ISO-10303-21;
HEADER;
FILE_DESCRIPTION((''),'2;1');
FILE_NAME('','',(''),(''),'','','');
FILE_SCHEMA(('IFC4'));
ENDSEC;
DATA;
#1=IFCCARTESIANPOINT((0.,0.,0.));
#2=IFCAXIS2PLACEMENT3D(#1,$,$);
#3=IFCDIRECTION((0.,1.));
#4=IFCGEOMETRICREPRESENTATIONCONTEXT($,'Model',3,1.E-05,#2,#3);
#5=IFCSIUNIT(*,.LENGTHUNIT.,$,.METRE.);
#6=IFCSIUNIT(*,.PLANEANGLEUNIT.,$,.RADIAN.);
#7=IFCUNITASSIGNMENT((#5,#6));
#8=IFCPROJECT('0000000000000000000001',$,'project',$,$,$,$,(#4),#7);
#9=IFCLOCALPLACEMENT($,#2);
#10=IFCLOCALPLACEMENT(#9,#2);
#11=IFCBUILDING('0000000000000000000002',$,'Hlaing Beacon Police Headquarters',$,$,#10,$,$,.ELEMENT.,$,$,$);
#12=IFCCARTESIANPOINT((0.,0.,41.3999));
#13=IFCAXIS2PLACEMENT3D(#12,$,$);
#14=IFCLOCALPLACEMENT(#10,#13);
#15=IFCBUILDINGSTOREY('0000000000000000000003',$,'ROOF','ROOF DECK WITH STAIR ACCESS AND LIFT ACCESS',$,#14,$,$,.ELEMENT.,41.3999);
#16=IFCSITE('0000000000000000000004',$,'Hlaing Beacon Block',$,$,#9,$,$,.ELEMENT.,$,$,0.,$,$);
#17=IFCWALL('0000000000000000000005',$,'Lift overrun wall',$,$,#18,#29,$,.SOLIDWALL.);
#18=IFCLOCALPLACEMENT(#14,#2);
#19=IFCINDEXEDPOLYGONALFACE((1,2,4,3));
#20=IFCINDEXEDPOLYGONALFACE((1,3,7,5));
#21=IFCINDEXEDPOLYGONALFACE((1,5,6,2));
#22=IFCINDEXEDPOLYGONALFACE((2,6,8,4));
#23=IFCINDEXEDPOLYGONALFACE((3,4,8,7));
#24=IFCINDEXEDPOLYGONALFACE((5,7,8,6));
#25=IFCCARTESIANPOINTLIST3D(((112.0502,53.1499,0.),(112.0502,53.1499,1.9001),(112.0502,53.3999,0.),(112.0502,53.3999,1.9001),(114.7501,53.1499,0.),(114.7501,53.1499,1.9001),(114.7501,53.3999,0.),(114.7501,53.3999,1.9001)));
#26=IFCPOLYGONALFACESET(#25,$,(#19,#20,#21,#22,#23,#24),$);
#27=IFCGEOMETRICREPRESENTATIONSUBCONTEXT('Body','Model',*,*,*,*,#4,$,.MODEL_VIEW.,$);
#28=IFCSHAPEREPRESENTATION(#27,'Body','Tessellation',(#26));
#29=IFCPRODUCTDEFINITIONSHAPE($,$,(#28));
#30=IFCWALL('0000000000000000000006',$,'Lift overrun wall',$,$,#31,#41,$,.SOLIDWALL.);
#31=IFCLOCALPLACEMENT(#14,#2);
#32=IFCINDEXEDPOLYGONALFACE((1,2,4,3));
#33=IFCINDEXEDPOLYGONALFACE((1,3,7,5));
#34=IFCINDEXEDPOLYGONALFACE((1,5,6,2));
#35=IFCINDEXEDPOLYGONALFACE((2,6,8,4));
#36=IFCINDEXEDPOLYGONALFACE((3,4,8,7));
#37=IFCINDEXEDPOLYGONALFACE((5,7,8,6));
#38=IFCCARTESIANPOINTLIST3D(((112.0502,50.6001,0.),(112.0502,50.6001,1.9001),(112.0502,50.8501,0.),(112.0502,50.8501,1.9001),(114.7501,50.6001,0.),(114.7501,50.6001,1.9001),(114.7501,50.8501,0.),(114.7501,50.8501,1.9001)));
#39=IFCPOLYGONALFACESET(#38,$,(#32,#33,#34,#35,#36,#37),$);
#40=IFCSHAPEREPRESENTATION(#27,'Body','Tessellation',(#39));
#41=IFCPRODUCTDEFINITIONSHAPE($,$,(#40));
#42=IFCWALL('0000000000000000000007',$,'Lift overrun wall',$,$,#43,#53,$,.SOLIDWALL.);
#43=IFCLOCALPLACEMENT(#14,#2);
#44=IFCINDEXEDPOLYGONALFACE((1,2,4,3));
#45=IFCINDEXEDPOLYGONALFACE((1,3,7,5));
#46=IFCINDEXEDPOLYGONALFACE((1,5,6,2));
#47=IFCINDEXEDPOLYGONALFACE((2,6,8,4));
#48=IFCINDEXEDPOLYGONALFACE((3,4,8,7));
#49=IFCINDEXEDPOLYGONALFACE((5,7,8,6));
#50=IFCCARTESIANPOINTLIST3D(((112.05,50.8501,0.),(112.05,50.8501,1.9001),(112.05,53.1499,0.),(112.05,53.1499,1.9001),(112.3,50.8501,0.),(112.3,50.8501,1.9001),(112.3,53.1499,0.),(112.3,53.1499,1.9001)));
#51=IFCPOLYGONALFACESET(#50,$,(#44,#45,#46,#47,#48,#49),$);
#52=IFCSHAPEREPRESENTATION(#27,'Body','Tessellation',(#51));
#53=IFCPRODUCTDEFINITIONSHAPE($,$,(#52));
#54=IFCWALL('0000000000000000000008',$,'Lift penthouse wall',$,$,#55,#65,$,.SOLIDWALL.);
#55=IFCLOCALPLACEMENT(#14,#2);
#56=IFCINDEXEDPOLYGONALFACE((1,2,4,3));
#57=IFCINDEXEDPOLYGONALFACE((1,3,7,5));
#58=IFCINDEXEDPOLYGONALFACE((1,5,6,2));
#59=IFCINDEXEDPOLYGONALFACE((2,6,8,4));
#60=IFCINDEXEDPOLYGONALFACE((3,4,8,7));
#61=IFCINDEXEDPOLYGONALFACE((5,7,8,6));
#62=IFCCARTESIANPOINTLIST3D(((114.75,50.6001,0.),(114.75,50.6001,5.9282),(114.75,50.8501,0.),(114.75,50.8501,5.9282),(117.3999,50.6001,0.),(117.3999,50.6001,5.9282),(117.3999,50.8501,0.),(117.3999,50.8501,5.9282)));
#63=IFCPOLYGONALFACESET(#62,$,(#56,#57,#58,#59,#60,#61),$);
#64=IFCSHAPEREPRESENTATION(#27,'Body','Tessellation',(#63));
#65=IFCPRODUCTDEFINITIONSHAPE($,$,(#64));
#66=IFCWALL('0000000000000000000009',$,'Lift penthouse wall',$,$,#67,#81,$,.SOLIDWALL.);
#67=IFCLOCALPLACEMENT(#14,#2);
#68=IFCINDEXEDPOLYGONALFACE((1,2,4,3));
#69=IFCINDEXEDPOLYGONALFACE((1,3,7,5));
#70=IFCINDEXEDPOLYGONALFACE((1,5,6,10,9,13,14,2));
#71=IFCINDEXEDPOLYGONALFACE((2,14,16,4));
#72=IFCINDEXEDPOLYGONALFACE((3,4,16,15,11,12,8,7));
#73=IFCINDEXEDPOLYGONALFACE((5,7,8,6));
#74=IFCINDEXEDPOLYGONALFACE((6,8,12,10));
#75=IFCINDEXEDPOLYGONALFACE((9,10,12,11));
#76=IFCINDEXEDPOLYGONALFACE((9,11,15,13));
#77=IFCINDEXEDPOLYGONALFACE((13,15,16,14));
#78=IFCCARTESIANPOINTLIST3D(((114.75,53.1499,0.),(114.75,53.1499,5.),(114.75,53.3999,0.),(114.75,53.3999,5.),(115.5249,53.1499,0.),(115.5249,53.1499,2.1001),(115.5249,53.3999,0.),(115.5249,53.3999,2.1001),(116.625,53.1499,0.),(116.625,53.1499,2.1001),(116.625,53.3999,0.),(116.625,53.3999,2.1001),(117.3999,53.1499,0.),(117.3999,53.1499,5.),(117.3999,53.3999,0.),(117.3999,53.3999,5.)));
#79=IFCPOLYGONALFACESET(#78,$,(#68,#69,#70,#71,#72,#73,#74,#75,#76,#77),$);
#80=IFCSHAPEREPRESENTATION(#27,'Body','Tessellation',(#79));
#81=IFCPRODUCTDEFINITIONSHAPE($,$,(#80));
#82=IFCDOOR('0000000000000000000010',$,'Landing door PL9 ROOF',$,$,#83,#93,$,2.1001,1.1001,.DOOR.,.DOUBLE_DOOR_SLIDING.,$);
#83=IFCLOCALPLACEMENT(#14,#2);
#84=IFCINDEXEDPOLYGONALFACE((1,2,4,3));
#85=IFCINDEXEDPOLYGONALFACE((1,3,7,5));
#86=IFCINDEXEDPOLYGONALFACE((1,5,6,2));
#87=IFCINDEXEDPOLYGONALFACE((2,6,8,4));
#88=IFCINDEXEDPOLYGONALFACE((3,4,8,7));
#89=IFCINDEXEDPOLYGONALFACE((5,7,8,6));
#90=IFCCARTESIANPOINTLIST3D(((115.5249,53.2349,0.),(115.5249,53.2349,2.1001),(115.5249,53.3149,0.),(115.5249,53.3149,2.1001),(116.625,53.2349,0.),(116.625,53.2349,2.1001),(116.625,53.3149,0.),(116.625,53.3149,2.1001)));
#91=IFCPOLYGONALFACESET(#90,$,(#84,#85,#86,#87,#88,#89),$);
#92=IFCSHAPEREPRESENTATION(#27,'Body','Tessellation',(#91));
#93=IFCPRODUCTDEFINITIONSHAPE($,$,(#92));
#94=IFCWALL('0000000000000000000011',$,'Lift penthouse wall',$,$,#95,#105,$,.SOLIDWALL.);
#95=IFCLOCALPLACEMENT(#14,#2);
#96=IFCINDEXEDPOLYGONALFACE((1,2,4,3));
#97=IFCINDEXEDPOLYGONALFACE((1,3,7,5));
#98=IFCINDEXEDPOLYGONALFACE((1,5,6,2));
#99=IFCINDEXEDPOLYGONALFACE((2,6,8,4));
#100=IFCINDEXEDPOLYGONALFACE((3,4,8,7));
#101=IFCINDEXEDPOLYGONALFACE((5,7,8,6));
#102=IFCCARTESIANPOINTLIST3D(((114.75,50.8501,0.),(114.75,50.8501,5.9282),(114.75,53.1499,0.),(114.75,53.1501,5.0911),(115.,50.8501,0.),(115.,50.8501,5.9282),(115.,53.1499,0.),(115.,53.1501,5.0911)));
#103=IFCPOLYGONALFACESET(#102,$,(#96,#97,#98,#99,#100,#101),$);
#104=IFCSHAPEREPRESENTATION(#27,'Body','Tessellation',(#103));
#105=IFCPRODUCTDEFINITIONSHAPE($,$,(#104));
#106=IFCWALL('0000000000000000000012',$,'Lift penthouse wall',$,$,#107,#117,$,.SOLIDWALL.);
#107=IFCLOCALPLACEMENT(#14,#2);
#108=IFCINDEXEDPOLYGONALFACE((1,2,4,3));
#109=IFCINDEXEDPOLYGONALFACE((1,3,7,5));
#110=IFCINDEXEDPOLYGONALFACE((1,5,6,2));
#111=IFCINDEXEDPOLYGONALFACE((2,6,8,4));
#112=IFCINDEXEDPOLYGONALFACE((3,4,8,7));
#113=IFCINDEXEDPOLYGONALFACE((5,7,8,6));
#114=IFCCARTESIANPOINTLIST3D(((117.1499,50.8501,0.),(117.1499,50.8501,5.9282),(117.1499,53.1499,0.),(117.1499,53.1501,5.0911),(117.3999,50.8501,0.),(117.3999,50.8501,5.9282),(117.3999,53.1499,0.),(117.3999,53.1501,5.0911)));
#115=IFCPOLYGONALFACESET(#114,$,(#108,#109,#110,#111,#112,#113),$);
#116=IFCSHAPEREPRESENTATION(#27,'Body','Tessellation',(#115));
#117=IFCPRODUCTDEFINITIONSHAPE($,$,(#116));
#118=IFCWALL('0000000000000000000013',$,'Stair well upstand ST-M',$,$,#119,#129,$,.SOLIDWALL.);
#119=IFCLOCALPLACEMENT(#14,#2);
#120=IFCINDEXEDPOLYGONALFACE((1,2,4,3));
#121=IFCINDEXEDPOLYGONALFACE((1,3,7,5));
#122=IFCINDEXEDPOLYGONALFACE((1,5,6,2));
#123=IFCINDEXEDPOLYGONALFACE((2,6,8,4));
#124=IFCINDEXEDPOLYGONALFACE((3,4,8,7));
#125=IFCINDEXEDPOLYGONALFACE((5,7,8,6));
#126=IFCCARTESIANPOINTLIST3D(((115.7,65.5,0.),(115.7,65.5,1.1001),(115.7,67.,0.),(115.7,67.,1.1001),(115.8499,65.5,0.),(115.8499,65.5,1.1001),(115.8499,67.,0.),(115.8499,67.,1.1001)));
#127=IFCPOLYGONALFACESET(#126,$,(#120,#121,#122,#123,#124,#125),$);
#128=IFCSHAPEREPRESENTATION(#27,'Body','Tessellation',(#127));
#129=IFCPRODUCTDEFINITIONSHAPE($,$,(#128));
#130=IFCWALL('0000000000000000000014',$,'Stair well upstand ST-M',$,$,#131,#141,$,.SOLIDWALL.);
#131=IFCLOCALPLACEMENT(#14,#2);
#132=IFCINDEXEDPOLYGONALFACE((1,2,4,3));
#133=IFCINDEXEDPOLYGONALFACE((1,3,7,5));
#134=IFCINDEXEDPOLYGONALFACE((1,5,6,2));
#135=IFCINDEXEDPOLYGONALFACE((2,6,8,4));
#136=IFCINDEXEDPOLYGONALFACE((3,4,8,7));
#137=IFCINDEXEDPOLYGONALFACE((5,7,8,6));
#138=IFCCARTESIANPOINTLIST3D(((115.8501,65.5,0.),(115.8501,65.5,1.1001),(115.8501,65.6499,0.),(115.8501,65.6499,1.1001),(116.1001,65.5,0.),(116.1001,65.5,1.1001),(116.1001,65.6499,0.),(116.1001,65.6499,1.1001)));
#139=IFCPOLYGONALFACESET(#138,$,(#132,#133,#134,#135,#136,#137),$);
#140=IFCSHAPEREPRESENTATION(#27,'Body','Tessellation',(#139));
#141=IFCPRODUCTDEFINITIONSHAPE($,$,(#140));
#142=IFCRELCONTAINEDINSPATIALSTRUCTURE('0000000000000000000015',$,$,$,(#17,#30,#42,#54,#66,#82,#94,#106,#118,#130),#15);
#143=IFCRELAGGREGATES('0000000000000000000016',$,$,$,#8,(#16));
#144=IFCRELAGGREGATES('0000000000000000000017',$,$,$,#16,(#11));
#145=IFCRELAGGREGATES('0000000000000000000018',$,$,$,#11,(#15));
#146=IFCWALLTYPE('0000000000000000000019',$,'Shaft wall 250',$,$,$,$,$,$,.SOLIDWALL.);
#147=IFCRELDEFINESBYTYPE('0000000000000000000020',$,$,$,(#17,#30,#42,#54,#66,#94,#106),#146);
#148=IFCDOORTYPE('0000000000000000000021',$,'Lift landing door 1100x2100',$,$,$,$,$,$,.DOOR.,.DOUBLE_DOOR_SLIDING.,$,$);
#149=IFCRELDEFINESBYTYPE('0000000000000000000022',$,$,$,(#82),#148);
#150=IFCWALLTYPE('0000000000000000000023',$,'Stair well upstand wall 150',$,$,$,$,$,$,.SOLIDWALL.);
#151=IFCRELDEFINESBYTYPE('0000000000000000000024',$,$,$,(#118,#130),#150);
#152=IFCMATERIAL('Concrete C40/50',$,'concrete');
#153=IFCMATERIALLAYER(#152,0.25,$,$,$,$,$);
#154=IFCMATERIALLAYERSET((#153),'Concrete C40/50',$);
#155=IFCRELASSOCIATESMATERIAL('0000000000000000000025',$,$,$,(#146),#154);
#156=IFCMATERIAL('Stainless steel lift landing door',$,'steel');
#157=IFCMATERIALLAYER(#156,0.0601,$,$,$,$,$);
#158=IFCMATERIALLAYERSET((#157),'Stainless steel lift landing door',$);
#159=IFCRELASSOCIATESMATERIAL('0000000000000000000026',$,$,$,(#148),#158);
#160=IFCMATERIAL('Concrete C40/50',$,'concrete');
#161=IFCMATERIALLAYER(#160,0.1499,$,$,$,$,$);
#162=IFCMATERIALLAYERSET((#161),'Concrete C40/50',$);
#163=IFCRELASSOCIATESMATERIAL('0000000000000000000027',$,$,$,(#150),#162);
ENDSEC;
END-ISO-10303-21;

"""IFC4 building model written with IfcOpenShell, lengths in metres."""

from ifc_helpers import new_model, si_unit, direction, frame, frame_2d, origin, place, context, subcontext, project, spatial, polyline, rectangle, outline, extrude, material, layer, layer_set, type_object, element, fill, save


model = new_model("IFC4")

# Units and contexts
model_context = context("Model", 3, precision=1e-05, world=origin(), true_north=direction((0.0, 1.0)))
body_context = subcontext(model_context, "Body", "Model", "MODEL_VIEW")
ifc_project = project(units=[si_unit("LENGTHUNIT", "METRE"), si_unit("PLANEANGLEUNIT", "RADIAN")], contexts=[model_context])

# Site, building, storey
site_placement = place(None, origin())
site = spatial("IfcSite", under=ifc_project, at=site_placement, Name="Hlaing Beacon Block", CompositionType="ELEMENT", RefElevation=0.0)
building_placement = place(site_placement, origin())
building = spatial("IfcBuilding", under=site, at=building_placement, Name="Hlaing Beacon Police Headquarters", CompositionType="ELEMENT")
storey_placement = place(building_placement, frame((0.0, 0.0, 41.3999)))
storey = spatial("IfcBuildingStorey", under=building, at=storey_placement, Name="ROOF", Description="ROOF DECK WITH STAIR ACCESS AND LIFT ACCESS", CompositionType="ELEMENT", Elevation=41.3999)

# Shared definitions
ifc_material_1 = material(Name="Concrete C40/50", Category="concrete")
ifc_layer_1 = layer(ifc_material_1, 0.25)
ifc_layer_set_1 = layer_set([ifc_layer_1], Name="Concrete C40/50")
wall_type_1 = type_object("IfcWallType", Name="Shaft wall 250", PredefinedType="SOLIDWALL", material=ifc_layer_set_1)

# Walls
for number, where, z_axis, x_axis, name in (
    (1, (112.05, 53.2749, 0.0), (0.0, 0.0, 1.0), (1.0, 0.0, 0.0), "Lift overrun wall"),
    (2, (112.05, 50.7251, 0.0), (0.0, 0.0, 1.0), (1.0, 0.0, 0.0), "Lift overrun wall"),
):
    element("IfcWall", number, at=place(storey_placement, frame(where, z_axis=z_axis, x_axis=x_axis)), inside=storey, type_object=wall_type_1, Name=name, PredefinedType="SOLIDWALL", context=body_context, shape_type="SweptSolid", body=[
        extrude(rectangle(XDim=2.7, YDim=0.25, at=frame_2d((1.3501, 0.0))), origin(), (0.0, 0.0, 1.0), 1.9001),
    ])
wall_1_placement = place(storey_placement, frame((112.175, 50.8501, 0.0), z_axis=(0.0, 0.0, 1.0), x_axis=(0.0, 1.0, 0.0)))
element("IfcWall", 3, at=wall_1_placement, inside=storey, type_object=wall_type_1, Name="Lift overrun wall", PredefinedType="SOLIDWALL", context=body_context, shape_type="SweptSolid", body=[
    extrude(rectangle(XDim=2.2998, YDim=0.25, at=frame_2d((1.1499, 0.0))), origin(), (0.0, 0.0, 1.0), 1.9001),
])
wall_2_placement = place(storey_placement, frame((114.75, 50.7251, 0.0), z_axis=(0.0, 0.0, 1.0), x_axis=(1.0, 0.0, 0.0)))
element("IfcWall", 4, at=wall_2_placement, inside=storey, type_object=wall_type_1, Name="Lift penthouse wall", PredefinedType="SOLIDWALL", context=body_context, shape_type="SweptSolid", body=[
    extrude(rectangle(XDim=2.6499, YDim=0.25, at=frame_2d((1.325, 0.0))), origin(), (0.0, 0.0, 1.0), 5.9282),
])

# Wall, opening, door
wall_3_placement = place(storey_placement, frame((114.75, 53.2749, 0.0), z_axis=(0.0, 0.0, 1.0), x_axis=(1.0, 0.0, 0.0)))
wall_3 = element("IfcWall", 5, at=wall_3_placement, inside=storey, type_object=wall_type_1, Name="Lift penthouse wall", PredefinedType="SOLIDWALL", context=body_context, shape_type="SweptSolid", body=[
    extrude(rectangle(XDim=2.6499, YDim=0.25, at=frame_2d((1.325, 0.0))), origin(), (0.0, 0.0, 1.0), 5.0),
])
opening_1_placement = place(wall_3_placement, frame((0.7749, 0.0, 0.0)))
opening_1 = element("IfcOpeningElement", 6, at=opening_1_placement, cuts=wall_3, PredefinedType="OPENING", context=body_context, shape_type="SweptSolid", body=[
    extrude(rectangle(XDim=1.1001, YDim=2.1001, at=frame_2d((0.55, 1.05))), frame((0.0, 0.135, 0.0), z_axis=(0.0, -1.0, 0.0), x_axis=(1.0, 0.0, 0.0)), (0.0, 0.0, 1.0), 0.27),
])
ifc_material_2 = material(Name="Stainless steel lift landing door", Category="steel")
ifc_layer_2 = layer(ifc_material_2, 0.0601)
ifc_layer_set_2 = layer_set([ifc_layer_2], Name="Stainless steel lift landing door")
door_type_1 = type_object("IfcDoorType", Name="Lift landing door 1100x2100", OperationType="DOUBLE_DOOR_SLIDING", PredefinedType="DOOR", material=ifc_layer_set_2)
door_1_placement = place(opening_1_placement, origin())
door_1 = element("IfcDoor", 7, at=door_1_placement, inside=storey, type_object=door_type_1, Name="Landing door PL9 ROOF", OperationType="DOUBLE_DOOR_SLIDING", OverallHeight=2.1001, OverallWidth=1.1001, PredefinedType="DOOR", context=body_context, shape_type="SweptSolid", body=[
    extrude(rectangle(XDim=1.1001, YDim=2.1001, at=frame_2d((0.55, 1.05))), frame((0.0, 0.04, 0.0), z_axis=(0.0, -1.0, 0.0), x_axis=(1.0, 0.0, 0.0)), (0.0, 0.0, 1.0), 0.0801),
])
fill(opening_1, door_1)

# Walls
for number, where, z_axis, x_axis, name in (
    (8, (114.875, 50.8501, 0.0), (0.0, 0.0, 1.0), (0.0, 1.0, 0.0), "Lift penthouse wall"),
    (9, (117.2749, 50.8501, 0.0), (0.0, 0.0, 1.0), (0.0, 1.0, 0.0), "Lift penthouse wall"),
):
    element("IfcWall", number, at=place(storey_placement, frame(where, z_axis=z_axis, x_axis=x_axis)), inside=storey, type_object=wall_type_1, Name=name, PredefinedType="SOLIDWALL", context=body_context, shape_type="SweptSolid", body=[
        extrude(outline(polyline([(0.0, 0.0), (2.2998, 0.0), (2.3, 5.0911), (0.0, 5.9282), (0.0, 0.0)])), frame((0.0, 0.125, 0.0), z_axis=(0.0, -1.0, 0.0), x_axis=(1.0, 0.0, 0.0)), (0.0, 0.0, 1.0), 0.25),
    ])
ifc_material_3 = material(Name="Concrete C40/50", Category="concrete")
ifc_layer_3 = layer(ifc_material_3, 0.1499)
ifc_layer_set_3 = layer_set([ifc_layer_3], Name="Concrete C40/50")
wall_type_2 = type_object("IfcWallType", Name="Stair well upstand wall 150", PredefinedType="SOLIDWALL", material=ifc_layer_set_3)
wall_4_placement = place(storey_placement, frame((115.7749, 67.0, 0.0), z_axis=(0.0, 0.0, 1.0), x_axis=(0.0, -1.0, 0.0)))
element("IfcWall", 10, at=wall_4_placement, inside=storey, type_object=wall_type_2, Name="Stair well upstand ST-M", PredefinedType="SOLIDWALL", context=body_context, shape_type="SweptSolid", body=[
    extrude(rectangle(XDim=1.5, YDim=0.1499, at=frame_2d((0.75, 0.0))), origin(), (0.0, 0.0, 1.0), 1.1001),
])
wall_5_placement = place(storey_placement, frame((116.1001, 65.575, 0.0), z_axis=(0.0, 0.0, 1.0), x_axis=(-1.0, 0.0, 0.0)))
element("IfcWall", 11, at=wall_5_placement, inside=storey, type_object=wall_type_2, Name="Stair well upstand ST-M", PredefinedType="SOLIDWALL", context=body_context, shape_type="SweptSolid", body=[
    extrude(rectangle(XDim=0.25, YDim=0.1499, at=frame_2d((0.125, 0.0))), origin(), (0.0, 0.0, 1.0), 1.1001),
])

save(model, "model.ifc")
